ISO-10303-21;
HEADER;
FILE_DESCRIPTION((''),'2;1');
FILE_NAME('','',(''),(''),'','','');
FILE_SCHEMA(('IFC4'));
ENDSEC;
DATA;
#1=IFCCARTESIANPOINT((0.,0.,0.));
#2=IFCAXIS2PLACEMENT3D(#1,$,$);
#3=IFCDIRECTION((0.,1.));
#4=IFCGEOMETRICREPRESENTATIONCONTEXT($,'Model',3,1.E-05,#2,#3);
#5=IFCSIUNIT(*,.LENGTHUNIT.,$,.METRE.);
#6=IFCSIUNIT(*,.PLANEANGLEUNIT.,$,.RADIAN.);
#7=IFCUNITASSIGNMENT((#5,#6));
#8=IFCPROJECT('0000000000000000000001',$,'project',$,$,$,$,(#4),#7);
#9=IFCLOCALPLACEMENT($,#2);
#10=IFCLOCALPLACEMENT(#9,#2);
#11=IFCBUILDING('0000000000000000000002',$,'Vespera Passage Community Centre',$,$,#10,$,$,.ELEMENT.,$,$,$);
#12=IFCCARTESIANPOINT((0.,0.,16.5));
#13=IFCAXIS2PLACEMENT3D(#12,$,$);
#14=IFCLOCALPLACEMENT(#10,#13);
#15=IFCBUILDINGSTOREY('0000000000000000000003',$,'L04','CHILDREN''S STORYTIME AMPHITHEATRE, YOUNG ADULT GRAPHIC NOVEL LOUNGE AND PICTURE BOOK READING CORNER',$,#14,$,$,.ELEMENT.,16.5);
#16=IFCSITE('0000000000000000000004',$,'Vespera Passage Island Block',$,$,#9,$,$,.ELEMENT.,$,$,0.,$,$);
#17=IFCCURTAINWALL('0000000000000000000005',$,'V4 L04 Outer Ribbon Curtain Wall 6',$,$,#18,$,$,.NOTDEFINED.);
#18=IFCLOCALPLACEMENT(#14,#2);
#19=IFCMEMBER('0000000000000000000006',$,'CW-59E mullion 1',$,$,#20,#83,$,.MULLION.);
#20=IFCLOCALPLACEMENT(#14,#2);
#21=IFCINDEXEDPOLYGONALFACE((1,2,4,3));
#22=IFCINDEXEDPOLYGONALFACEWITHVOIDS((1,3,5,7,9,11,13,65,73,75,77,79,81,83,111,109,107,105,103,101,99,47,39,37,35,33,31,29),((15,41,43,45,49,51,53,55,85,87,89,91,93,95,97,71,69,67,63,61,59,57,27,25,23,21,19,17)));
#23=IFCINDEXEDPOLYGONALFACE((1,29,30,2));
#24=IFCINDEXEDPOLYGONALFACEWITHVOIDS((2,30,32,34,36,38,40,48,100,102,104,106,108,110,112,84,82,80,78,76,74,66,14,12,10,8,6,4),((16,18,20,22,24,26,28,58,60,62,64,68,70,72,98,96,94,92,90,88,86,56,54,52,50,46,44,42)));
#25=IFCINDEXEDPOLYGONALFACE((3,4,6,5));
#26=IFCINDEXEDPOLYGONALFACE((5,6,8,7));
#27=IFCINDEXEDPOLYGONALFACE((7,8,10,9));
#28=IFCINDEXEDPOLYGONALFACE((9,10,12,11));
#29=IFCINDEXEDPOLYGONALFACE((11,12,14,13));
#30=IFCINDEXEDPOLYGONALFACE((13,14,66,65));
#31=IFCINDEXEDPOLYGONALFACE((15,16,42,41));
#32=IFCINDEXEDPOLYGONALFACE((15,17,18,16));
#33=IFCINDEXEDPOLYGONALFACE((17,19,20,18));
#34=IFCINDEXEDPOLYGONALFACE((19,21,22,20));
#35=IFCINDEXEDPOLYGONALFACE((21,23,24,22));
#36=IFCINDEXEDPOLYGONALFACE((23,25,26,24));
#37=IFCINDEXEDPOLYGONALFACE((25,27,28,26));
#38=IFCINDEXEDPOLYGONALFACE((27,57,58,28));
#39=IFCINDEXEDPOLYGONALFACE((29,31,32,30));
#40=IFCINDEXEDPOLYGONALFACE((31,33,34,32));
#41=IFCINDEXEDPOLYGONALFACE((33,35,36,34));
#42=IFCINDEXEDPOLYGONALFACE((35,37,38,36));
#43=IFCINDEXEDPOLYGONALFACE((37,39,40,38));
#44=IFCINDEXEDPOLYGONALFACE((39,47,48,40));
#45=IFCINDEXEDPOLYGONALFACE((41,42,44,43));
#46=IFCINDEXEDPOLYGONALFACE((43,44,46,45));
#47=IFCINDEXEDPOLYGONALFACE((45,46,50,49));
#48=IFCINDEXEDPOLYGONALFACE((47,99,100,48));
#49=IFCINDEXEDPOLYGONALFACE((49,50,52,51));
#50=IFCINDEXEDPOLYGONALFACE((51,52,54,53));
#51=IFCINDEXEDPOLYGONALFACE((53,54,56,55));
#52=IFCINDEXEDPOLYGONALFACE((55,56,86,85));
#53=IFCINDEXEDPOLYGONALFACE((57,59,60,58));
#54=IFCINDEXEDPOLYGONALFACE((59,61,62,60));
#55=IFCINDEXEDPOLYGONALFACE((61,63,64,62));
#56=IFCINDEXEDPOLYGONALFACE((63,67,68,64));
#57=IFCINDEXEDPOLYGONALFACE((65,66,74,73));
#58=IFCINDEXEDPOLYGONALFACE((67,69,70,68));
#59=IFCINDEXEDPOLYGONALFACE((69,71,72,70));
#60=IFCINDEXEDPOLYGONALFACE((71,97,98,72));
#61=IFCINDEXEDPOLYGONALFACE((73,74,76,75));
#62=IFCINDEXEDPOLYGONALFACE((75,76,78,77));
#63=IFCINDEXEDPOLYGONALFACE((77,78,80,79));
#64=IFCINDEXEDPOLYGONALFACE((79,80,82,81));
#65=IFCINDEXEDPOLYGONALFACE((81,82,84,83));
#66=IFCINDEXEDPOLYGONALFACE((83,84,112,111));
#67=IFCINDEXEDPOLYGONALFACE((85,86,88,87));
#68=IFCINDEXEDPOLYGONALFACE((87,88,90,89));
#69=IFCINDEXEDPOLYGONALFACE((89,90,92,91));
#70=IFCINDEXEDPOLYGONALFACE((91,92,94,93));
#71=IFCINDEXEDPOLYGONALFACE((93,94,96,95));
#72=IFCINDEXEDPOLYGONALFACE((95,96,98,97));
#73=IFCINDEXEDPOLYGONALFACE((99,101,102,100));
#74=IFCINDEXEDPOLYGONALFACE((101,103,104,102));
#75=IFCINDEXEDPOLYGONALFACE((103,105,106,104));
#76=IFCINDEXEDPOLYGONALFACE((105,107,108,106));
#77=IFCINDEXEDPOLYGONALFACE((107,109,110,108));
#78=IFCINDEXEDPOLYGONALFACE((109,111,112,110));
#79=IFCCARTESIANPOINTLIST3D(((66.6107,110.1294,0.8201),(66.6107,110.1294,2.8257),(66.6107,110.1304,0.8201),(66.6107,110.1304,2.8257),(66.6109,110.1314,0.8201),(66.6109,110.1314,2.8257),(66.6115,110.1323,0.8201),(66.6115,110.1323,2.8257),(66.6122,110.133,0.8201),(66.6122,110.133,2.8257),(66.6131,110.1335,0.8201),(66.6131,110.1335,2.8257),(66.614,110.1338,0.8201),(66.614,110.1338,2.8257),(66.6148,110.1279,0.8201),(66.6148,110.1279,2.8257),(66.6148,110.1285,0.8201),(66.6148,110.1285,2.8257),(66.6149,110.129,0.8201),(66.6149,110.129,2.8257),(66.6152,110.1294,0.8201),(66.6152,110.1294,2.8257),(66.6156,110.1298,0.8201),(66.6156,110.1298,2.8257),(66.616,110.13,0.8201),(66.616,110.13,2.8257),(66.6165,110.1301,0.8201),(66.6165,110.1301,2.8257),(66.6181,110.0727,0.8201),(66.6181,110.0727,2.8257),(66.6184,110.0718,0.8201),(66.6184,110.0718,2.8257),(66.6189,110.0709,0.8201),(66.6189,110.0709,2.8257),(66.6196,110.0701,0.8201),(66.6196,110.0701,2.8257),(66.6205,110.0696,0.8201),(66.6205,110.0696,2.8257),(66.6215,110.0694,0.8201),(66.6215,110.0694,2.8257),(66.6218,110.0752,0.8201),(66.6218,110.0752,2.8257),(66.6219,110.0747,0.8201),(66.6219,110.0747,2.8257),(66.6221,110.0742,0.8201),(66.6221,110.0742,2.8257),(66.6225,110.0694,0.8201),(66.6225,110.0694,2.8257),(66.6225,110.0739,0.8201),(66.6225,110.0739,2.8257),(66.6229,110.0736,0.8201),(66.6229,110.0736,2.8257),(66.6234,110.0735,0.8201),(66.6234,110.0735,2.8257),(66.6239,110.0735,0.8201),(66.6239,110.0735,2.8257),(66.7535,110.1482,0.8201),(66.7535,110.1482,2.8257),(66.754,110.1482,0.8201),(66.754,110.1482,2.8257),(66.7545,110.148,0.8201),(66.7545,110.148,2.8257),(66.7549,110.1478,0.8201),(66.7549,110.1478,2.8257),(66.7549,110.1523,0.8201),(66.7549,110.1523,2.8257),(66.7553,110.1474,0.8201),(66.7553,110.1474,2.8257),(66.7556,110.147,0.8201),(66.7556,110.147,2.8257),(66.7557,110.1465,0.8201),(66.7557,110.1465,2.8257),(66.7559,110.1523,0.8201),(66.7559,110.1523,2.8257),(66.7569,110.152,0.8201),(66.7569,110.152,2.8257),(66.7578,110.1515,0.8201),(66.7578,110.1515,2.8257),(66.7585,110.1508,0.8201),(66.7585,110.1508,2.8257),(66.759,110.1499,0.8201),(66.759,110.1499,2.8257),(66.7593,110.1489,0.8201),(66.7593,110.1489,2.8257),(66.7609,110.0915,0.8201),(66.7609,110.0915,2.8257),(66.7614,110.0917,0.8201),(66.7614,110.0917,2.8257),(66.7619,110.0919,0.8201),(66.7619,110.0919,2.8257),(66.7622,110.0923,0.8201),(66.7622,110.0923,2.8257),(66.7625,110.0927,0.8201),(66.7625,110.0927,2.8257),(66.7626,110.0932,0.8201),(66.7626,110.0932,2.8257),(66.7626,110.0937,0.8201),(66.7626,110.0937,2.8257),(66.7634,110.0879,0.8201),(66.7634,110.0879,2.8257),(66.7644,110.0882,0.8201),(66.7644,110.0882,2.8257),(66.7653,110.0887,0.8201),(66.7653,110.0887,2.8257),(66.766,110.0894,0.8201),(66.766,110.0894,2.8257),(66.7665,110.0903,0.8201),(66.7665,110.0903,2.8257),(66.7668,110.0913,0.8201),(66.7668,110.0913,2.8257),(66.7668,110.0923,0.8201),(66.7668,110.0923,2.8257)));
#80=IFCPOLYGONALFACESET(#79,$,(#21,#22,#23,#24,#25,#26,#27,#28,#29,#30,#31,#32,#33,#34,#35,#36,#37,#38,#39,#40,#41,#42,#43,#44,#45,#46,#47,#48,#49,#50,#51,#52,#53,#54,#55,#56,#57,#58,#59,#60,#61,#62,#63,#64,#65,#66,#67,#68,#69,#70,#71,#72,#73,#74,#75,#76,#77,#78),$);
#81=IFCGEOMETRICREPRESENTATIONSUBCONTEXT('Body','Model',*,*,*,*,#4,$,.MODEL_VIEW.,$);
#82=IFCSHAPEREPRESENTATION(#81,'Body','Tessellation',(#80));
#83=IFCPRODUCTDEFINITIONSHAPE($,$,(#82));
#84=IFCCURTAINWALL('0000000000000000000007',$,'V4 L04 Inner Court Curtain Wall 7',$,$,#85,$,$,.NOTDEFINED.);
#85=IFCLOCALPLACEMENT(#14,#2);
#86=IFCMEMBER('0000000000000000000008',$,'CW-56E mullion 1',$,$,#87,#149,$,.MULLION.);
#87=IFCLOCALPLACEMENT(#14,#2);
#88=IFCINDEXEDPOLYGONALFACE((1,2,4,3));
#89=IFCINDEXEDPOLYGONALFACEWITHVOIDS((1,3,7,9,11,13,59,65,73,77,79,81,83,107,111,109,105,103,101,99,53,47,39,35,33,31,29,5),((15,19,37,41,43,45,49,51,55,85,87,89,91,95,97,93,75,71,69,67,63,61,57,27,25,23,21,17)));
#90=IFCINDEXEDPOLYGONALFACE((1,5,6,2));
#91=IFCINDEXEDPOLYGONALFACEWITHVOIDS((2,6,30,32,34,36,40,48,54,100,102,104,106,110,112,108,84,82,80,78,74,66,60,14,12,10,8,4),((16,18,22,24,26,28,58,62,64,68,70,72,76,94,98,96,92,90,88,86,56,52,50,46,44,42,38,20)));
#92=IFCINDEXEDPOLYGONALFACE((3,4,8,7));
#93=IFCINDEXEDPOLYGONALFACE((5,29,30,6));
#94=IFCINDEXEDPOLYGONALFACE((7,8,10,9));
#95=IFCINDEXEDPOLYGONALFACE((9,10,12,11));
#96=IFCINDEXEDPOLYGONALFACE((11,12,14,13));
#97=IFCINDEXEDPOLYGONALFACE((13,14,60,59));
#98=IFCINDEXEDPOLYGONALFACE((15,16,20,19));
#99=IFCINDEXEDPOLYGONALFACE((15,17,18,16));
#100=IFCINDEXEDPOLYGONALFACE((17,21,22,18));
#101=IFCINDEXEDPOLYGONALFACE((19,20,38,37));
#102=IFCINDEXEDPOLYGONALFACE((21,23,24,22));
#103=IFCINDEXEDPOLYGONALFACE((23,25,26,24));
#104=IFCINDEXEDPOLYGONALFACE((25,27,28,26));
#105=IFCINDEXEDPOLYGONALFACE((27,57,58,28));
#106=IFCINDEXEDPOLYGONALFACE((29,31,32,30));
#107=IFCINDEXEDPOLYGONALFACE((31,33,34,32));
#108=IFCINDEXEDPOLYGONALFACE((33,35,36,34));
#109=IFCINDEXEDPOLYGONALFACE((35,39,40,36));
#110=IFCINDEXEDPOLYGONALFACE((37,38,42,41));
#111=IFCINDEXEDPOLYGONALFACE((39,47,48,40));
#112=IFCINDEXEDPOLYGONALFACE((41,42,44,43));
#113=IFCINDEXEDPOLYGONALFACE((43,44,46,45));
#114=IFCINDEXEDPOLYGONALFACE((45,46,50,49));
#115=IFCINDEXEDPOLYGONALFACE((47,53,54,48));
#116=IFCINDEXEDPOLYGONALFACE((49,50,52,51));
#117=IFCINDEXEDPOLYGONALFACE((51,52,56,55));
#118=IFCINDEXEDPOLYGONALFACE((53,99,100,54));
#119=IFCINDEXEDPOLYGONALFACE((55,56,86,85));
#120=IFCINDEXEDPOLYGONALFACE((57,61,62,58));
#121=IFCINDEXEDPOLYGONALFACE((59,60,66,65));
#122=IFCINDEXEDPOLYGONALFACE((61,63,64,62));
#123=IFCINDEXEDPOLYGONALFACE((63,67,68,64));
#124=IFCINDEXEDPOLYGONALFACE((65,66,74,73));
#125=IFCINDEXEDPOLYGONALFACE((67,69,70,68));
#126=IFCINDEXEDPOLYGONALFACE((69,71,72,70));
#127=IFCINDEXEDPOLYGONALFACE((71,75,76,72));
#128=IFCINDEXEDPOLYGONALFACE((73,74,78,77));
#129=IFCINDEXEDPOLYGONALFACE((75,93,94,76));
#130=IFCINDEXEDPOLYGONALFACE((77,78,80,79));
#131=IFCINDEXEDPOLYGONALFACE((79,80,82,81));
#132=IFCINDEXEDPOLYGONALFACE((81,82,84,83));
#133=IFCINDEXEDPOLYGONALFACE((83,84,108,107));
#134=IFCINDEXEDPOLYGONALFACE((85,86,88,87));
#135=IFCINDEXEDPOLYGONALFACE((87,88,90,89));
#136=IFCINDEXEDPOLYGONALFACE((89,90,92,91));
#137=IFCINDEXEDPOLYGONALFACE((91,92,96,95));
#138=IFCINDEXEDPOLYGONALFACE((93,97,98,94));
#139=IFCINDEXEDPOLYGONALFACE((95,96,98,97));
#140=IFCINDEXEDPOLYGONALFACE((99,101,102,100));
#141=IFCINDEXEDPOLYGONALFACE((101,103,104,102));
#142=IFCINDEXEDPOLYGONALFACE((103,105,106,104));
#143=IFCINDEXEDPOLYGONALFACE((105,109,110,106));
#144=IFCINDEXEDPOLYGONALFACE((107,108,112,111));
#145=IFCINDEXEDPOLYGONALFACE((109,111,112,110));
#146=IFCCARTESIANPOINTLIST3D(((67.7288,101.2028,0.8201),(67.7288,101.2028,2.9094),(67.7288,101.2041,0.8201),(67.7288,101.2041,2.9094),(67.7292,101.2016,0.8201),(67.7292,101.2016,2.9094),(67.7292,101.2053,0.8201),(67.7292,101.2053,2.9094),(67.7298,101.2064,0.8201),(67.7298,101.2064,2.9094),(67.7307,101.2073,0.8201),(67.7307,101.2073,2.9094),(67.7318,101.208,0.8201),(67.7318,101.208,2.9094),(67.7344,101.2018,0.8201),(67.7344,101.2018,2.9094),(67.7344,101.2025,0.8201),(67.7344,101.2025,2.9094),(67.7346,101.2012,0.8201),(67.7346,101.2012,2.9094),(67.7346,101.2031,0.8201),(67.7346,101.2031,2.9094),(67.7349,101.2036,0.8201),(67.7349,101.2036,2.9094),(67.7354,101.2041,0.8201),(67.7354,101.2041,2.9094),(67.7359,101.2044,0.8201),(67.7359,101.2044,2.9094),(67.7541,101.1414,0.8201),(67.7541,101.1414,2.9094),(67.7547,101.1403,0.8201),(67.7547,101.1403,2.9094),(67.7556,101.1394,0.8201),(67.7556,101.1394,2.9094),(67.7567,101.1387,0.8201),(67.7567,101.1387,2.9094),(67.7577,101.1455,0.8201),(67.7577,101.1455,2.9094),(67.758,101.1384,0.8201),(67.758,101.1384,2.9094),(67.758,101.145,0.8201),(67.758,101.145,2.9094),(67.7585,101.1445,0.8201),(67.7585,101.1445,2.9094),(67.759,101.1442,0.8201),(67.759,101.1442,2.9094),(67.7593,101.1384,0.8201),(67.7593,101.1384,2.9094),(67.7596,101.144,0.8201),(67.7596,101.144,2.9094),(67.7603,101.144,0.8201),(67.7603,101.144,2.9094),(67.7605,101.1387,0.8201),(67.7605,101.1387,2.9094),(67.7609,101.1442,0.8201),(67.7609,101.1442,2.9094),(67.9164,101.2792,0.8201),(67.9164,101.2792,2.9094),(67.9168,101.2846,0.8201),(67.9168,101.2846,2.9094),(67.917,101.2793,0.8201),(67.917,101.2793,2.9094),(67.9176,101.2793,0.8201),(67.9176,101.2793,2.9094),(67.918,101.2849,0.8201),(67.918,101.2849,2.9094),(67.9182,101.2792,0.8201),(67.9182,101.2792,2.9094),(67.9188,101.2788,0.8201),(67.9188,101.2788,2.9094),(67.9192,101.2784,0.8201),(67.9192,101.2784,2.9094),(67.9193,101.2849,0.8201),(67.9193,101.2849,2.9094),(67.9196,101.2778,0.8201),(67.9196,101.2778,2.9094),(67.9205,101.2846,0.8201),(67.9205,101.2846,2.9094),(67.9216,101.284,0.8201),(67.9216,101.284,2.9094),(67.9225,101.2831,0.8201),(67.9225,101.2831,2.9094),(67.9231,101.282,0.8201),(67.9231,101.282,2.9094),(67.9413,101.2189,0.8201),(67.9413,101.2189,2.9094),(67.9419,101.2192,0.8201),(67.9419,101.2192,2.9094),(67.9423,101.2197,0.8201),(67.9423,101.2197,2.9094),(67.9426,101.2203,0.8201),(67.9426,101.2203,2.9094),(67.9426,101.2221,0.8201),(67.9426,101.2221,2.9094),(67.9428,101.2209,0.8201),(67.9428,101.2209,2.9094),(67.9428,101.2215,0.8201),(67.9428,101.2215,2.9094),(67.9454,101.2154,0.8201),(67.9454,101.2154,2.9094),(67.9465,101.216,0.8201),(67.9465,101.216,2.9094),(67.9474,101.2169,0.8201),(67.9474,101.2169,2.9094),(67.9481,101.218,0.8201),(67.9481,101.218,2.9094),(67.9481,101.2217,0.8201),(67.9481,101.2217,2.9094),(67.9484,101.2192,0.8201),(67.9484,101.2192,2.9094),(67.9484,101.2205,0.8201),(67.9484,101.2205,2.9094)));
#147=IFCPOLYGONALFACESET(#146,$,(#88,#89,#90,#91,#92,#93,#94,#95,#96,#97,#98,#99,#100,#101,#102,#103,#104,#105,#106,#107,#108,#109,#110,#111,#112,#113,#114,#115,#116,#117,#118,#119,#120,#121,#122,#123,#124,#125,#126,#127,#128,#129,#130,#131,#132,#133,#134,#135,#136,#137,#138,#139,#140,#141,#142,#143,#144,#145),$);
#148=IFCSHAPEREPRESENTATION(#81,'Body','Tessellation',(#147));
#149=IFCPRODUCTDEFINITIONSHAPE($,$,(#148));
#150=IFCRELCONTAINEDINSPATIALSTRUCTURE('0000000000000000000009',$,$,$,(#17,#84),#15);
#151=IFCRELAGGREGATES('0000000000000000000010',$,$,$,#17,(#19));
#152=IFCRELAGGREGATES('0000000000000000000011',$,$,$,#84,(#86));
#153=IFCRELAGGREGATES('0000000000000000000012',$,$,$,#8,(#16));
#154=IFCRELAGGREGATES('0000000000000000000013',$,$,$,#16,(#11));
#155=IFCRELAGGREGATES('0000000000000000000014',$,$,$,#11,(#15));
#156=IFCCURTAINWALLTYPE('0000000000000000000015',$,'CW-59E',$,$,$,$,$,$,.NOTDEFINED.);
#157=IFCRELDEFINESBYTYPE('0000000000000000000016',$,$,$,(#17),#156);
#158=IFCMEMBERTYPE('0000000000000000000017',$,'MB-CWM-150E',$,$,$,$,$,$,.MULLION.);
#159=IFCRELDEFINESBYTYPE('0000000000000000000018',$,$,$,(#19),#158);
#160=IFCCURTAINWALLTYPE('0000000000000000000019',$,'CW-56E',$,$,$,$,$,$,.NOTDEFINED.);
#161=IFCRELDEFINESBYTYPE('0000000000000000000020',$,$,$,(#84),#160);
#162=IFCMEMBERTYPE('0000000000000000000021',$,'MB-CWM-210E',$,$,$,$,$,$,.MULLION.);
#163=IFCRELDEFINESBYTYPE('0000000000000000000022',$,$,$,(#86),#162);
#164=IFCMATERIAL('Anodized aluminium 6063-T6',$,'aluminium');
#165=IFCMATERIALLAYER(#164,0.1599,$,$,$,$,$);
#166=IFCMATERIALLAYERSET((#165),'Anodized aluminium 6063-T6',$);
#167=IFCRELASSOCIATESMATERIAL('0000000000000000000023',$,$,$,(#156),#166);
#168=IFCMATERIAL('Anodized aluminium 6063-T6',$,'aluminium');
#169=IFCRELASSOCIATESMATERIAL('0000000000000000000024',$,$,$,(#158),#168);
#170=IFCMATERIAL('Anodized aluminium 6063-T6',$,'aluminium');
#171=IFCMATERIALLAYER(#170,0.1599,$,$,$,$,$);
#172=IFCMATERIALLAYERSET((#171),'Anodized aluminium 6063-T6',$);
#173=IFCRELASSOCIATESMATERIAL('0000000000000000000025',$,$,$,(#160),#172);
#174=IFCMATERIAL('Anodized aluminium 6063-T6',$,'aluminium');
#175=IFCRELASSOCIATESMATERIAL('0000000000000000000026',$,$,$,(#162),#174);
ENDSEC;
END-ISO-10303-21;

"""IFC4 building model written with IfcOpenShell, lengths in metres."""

from ifc_helpers import new_model, si_unit, direction, frame, origin, origin_2d, place, context, subcontext, project, spatial, hollow_rectangle, extrude, material, layer, layer_set, material_profile, profile_set, type_object, element, aggregate, save


model = new_model("IFC4")

# Units and contexts
model_context = context("Model", 3, precision=1e-05, world=origin(), true_north=direction((0.0, 1.0)))
body_context = subcontext(model_context, "Body", "Model", "MODEL_VIEW")
ifc_project = project(units=[si_unit("LENGTHUNIT", "METRE"), si_unit("PLANEANGLEUNIT", "RADIAN")], contexts=[model_context])

# Site, building, storey
site_placement = place(None, origin())
site = spatial("IfcSite", under=ifc_project, at=site_placement, Name="Vespera Passage Island Block", CompositionType="ELEMENT", RefElevation=0.0)
building_placement = place(site_placement, origin())
building = spatial("IfcBuilding", under=site, at=building_placement, Name="Vespera Passage Community Centre", CompositionType="ELEMENT")
storey_placement = place(building_placement, frame((0.0, 0.0, 16.5)))
storey = spatial("IfcBuildingStorey", under=building, at=storey_placement, Name="L04", Description="CHILDREN'S STORYTIME AMPHITHEATRE, YOUNG ADULT GRAPHIC NOVEL LOUNGE AND PICTURE BOOK READING CORNER", CompositionType="ELEMENT", Elevation=16.5)

# Curtain wall, member
ifc_material_1 = material(Name="Anodized aluminium 6063-T6", Category="aluminium")
ifc_layer_1 = layer(ifc_material_1, 0.1599)
ifc_layer_set_1 = layer_set([ifc_layer_1], Name="Anodized aluminium 6063-T6")
curtain_wall_type_1 = type_object("IfcCurtainWallType", Name="CW-59E", PredefinedType="NOTDEFINED", material=ifc_layer_set_1)
curtain_wall_1_placement = place(storey_placement, origin())
curtain_wall_1 = element("IfcCurtainWall", 1, at=curtain_wall_1_placement, inside=storey, type_object=curtain_wall_type_1, Name="V4 L04 Outer Ribbon Curtain Wall 6", PredefinedType="NOTDEFINED")
ifc_material_2 = material(Name="Anodized aluminium 6063-T6", Category="aluminium")
ifc_material_profile_1 = material_profile(ifc_material_2, hollow_rectangle(XDim=0.0649, YDim=0.1499, WallThickness=0.0039, InnerFilletRadius=0.002, OuterFilletRadius=0.0039, at=origin_2d()), Name="ALU150X65X4")
ifc_profile_set_1 = profile_set([ifc_material_profile_1], Name="Anodized aluminium 6063-T6")
member_type_1 = type_object("IfcMemberType", Name="MB-CWM-150E", PredefinedType="MULLION", material=ifc_profile_set_1)
member_1_placement = place(storey_placement, frame((66.6887, 110.1108, 0.8201), z_axis=(0.0, 0.0, 1.0), x_axis=(-0.130531, 0.991444, 0.0)))
member_1 = element("IfcMember", 2, at=member_1_placement, type_object=member_type_1, Name="CW-59E mullion 1", PredefinedType="MULLION", context=body_context, shape_type="SweptSolid", body=[
    extrude(hollow_rectangle(XDim=0.0649, YDim=0.1499, WallThickness=0.0039, InnerFilletRadius=0.002, OuterFilletRadius=0.0039, at=origin_2d()), origin(), (0.0, 0.0, 1.0), 2.0056),
])

# Curtain wall, member
ifc_material_3 = material(Name="Anodized aluminium 6063-T6", Category="aluminium")
ifc_layer_2 = layer(ifc_material_3, 0.1599)
ifc_layer_set_2 = layer_set([ifc_layer_2], Name="Anodized aluminium 6063-T6")
curtain_wall_type_2 = type_object("IfcCurtainWallType", Name="CW-56E", PredefinedType="NOTDEFINED", material=ifc_layer_set_2)
curtain_wall_2_placement = place(storey_placement, origin())
curtain_wall_2 = element("IfcCurtainWall", 3, at=curtain_wall_2_placement, inside=storey, type_object=curtain_wall_type_2, Name="V4 L04 Inner Court Curtain Wall 7", PredefinedType="NOTDEFINED")
ifc_material_4 = material(Name="Anodized aluminium 6063-T6", Category="aluminium")
ifc_material_profile_2 = material_profile(ifc_material_4, hollow_rectangle(XDim=0.075, YDim=0.21, WallThickness=0.0049, InnerFilletRadius=0.0024, OuterFilletRadius=0.0049, at=origin_2d()), Name="ALU210X75X5")
ifc_profile_set_2 = profile_set([ifc_material_profile_2], Name="Anodized aluminium 6063-T6")
member_type_2 = type_object("IfcMemberType", Name="MB-CWM-210E", PredefinedType="MULLION", material=ifc_profile_set_2)
member_2_placement = place(storey_placement, frame((67.8386, 101.2117, 0.8201), z_axis=(0.0, 0.0, 1.0), x_axis=(0.38269, -0.923877, 0.0)))
member_2 = element("IfcMember", 4, at=member_2_placement, type_object=member_type_2, Name="CW-56E mullion 1", PredefinedType="MULLION", context=body_context, shape_type="SweptSolid", body=[
    extrude(hollow_rectangle(XDim=0.075, YDim=0.21, WallThickness=0.0049, InnerFilletRadius=0.0024, OuterFilletRadius=0.0049, at=origin_2d()), origin(), (0.0, 0.0, 1.0), 2.0894),
])

aggregate(curtain_wall_1, [member_1])
aggregate(curtain_wall_2, [member_2])

save(model, "model.ifc")
